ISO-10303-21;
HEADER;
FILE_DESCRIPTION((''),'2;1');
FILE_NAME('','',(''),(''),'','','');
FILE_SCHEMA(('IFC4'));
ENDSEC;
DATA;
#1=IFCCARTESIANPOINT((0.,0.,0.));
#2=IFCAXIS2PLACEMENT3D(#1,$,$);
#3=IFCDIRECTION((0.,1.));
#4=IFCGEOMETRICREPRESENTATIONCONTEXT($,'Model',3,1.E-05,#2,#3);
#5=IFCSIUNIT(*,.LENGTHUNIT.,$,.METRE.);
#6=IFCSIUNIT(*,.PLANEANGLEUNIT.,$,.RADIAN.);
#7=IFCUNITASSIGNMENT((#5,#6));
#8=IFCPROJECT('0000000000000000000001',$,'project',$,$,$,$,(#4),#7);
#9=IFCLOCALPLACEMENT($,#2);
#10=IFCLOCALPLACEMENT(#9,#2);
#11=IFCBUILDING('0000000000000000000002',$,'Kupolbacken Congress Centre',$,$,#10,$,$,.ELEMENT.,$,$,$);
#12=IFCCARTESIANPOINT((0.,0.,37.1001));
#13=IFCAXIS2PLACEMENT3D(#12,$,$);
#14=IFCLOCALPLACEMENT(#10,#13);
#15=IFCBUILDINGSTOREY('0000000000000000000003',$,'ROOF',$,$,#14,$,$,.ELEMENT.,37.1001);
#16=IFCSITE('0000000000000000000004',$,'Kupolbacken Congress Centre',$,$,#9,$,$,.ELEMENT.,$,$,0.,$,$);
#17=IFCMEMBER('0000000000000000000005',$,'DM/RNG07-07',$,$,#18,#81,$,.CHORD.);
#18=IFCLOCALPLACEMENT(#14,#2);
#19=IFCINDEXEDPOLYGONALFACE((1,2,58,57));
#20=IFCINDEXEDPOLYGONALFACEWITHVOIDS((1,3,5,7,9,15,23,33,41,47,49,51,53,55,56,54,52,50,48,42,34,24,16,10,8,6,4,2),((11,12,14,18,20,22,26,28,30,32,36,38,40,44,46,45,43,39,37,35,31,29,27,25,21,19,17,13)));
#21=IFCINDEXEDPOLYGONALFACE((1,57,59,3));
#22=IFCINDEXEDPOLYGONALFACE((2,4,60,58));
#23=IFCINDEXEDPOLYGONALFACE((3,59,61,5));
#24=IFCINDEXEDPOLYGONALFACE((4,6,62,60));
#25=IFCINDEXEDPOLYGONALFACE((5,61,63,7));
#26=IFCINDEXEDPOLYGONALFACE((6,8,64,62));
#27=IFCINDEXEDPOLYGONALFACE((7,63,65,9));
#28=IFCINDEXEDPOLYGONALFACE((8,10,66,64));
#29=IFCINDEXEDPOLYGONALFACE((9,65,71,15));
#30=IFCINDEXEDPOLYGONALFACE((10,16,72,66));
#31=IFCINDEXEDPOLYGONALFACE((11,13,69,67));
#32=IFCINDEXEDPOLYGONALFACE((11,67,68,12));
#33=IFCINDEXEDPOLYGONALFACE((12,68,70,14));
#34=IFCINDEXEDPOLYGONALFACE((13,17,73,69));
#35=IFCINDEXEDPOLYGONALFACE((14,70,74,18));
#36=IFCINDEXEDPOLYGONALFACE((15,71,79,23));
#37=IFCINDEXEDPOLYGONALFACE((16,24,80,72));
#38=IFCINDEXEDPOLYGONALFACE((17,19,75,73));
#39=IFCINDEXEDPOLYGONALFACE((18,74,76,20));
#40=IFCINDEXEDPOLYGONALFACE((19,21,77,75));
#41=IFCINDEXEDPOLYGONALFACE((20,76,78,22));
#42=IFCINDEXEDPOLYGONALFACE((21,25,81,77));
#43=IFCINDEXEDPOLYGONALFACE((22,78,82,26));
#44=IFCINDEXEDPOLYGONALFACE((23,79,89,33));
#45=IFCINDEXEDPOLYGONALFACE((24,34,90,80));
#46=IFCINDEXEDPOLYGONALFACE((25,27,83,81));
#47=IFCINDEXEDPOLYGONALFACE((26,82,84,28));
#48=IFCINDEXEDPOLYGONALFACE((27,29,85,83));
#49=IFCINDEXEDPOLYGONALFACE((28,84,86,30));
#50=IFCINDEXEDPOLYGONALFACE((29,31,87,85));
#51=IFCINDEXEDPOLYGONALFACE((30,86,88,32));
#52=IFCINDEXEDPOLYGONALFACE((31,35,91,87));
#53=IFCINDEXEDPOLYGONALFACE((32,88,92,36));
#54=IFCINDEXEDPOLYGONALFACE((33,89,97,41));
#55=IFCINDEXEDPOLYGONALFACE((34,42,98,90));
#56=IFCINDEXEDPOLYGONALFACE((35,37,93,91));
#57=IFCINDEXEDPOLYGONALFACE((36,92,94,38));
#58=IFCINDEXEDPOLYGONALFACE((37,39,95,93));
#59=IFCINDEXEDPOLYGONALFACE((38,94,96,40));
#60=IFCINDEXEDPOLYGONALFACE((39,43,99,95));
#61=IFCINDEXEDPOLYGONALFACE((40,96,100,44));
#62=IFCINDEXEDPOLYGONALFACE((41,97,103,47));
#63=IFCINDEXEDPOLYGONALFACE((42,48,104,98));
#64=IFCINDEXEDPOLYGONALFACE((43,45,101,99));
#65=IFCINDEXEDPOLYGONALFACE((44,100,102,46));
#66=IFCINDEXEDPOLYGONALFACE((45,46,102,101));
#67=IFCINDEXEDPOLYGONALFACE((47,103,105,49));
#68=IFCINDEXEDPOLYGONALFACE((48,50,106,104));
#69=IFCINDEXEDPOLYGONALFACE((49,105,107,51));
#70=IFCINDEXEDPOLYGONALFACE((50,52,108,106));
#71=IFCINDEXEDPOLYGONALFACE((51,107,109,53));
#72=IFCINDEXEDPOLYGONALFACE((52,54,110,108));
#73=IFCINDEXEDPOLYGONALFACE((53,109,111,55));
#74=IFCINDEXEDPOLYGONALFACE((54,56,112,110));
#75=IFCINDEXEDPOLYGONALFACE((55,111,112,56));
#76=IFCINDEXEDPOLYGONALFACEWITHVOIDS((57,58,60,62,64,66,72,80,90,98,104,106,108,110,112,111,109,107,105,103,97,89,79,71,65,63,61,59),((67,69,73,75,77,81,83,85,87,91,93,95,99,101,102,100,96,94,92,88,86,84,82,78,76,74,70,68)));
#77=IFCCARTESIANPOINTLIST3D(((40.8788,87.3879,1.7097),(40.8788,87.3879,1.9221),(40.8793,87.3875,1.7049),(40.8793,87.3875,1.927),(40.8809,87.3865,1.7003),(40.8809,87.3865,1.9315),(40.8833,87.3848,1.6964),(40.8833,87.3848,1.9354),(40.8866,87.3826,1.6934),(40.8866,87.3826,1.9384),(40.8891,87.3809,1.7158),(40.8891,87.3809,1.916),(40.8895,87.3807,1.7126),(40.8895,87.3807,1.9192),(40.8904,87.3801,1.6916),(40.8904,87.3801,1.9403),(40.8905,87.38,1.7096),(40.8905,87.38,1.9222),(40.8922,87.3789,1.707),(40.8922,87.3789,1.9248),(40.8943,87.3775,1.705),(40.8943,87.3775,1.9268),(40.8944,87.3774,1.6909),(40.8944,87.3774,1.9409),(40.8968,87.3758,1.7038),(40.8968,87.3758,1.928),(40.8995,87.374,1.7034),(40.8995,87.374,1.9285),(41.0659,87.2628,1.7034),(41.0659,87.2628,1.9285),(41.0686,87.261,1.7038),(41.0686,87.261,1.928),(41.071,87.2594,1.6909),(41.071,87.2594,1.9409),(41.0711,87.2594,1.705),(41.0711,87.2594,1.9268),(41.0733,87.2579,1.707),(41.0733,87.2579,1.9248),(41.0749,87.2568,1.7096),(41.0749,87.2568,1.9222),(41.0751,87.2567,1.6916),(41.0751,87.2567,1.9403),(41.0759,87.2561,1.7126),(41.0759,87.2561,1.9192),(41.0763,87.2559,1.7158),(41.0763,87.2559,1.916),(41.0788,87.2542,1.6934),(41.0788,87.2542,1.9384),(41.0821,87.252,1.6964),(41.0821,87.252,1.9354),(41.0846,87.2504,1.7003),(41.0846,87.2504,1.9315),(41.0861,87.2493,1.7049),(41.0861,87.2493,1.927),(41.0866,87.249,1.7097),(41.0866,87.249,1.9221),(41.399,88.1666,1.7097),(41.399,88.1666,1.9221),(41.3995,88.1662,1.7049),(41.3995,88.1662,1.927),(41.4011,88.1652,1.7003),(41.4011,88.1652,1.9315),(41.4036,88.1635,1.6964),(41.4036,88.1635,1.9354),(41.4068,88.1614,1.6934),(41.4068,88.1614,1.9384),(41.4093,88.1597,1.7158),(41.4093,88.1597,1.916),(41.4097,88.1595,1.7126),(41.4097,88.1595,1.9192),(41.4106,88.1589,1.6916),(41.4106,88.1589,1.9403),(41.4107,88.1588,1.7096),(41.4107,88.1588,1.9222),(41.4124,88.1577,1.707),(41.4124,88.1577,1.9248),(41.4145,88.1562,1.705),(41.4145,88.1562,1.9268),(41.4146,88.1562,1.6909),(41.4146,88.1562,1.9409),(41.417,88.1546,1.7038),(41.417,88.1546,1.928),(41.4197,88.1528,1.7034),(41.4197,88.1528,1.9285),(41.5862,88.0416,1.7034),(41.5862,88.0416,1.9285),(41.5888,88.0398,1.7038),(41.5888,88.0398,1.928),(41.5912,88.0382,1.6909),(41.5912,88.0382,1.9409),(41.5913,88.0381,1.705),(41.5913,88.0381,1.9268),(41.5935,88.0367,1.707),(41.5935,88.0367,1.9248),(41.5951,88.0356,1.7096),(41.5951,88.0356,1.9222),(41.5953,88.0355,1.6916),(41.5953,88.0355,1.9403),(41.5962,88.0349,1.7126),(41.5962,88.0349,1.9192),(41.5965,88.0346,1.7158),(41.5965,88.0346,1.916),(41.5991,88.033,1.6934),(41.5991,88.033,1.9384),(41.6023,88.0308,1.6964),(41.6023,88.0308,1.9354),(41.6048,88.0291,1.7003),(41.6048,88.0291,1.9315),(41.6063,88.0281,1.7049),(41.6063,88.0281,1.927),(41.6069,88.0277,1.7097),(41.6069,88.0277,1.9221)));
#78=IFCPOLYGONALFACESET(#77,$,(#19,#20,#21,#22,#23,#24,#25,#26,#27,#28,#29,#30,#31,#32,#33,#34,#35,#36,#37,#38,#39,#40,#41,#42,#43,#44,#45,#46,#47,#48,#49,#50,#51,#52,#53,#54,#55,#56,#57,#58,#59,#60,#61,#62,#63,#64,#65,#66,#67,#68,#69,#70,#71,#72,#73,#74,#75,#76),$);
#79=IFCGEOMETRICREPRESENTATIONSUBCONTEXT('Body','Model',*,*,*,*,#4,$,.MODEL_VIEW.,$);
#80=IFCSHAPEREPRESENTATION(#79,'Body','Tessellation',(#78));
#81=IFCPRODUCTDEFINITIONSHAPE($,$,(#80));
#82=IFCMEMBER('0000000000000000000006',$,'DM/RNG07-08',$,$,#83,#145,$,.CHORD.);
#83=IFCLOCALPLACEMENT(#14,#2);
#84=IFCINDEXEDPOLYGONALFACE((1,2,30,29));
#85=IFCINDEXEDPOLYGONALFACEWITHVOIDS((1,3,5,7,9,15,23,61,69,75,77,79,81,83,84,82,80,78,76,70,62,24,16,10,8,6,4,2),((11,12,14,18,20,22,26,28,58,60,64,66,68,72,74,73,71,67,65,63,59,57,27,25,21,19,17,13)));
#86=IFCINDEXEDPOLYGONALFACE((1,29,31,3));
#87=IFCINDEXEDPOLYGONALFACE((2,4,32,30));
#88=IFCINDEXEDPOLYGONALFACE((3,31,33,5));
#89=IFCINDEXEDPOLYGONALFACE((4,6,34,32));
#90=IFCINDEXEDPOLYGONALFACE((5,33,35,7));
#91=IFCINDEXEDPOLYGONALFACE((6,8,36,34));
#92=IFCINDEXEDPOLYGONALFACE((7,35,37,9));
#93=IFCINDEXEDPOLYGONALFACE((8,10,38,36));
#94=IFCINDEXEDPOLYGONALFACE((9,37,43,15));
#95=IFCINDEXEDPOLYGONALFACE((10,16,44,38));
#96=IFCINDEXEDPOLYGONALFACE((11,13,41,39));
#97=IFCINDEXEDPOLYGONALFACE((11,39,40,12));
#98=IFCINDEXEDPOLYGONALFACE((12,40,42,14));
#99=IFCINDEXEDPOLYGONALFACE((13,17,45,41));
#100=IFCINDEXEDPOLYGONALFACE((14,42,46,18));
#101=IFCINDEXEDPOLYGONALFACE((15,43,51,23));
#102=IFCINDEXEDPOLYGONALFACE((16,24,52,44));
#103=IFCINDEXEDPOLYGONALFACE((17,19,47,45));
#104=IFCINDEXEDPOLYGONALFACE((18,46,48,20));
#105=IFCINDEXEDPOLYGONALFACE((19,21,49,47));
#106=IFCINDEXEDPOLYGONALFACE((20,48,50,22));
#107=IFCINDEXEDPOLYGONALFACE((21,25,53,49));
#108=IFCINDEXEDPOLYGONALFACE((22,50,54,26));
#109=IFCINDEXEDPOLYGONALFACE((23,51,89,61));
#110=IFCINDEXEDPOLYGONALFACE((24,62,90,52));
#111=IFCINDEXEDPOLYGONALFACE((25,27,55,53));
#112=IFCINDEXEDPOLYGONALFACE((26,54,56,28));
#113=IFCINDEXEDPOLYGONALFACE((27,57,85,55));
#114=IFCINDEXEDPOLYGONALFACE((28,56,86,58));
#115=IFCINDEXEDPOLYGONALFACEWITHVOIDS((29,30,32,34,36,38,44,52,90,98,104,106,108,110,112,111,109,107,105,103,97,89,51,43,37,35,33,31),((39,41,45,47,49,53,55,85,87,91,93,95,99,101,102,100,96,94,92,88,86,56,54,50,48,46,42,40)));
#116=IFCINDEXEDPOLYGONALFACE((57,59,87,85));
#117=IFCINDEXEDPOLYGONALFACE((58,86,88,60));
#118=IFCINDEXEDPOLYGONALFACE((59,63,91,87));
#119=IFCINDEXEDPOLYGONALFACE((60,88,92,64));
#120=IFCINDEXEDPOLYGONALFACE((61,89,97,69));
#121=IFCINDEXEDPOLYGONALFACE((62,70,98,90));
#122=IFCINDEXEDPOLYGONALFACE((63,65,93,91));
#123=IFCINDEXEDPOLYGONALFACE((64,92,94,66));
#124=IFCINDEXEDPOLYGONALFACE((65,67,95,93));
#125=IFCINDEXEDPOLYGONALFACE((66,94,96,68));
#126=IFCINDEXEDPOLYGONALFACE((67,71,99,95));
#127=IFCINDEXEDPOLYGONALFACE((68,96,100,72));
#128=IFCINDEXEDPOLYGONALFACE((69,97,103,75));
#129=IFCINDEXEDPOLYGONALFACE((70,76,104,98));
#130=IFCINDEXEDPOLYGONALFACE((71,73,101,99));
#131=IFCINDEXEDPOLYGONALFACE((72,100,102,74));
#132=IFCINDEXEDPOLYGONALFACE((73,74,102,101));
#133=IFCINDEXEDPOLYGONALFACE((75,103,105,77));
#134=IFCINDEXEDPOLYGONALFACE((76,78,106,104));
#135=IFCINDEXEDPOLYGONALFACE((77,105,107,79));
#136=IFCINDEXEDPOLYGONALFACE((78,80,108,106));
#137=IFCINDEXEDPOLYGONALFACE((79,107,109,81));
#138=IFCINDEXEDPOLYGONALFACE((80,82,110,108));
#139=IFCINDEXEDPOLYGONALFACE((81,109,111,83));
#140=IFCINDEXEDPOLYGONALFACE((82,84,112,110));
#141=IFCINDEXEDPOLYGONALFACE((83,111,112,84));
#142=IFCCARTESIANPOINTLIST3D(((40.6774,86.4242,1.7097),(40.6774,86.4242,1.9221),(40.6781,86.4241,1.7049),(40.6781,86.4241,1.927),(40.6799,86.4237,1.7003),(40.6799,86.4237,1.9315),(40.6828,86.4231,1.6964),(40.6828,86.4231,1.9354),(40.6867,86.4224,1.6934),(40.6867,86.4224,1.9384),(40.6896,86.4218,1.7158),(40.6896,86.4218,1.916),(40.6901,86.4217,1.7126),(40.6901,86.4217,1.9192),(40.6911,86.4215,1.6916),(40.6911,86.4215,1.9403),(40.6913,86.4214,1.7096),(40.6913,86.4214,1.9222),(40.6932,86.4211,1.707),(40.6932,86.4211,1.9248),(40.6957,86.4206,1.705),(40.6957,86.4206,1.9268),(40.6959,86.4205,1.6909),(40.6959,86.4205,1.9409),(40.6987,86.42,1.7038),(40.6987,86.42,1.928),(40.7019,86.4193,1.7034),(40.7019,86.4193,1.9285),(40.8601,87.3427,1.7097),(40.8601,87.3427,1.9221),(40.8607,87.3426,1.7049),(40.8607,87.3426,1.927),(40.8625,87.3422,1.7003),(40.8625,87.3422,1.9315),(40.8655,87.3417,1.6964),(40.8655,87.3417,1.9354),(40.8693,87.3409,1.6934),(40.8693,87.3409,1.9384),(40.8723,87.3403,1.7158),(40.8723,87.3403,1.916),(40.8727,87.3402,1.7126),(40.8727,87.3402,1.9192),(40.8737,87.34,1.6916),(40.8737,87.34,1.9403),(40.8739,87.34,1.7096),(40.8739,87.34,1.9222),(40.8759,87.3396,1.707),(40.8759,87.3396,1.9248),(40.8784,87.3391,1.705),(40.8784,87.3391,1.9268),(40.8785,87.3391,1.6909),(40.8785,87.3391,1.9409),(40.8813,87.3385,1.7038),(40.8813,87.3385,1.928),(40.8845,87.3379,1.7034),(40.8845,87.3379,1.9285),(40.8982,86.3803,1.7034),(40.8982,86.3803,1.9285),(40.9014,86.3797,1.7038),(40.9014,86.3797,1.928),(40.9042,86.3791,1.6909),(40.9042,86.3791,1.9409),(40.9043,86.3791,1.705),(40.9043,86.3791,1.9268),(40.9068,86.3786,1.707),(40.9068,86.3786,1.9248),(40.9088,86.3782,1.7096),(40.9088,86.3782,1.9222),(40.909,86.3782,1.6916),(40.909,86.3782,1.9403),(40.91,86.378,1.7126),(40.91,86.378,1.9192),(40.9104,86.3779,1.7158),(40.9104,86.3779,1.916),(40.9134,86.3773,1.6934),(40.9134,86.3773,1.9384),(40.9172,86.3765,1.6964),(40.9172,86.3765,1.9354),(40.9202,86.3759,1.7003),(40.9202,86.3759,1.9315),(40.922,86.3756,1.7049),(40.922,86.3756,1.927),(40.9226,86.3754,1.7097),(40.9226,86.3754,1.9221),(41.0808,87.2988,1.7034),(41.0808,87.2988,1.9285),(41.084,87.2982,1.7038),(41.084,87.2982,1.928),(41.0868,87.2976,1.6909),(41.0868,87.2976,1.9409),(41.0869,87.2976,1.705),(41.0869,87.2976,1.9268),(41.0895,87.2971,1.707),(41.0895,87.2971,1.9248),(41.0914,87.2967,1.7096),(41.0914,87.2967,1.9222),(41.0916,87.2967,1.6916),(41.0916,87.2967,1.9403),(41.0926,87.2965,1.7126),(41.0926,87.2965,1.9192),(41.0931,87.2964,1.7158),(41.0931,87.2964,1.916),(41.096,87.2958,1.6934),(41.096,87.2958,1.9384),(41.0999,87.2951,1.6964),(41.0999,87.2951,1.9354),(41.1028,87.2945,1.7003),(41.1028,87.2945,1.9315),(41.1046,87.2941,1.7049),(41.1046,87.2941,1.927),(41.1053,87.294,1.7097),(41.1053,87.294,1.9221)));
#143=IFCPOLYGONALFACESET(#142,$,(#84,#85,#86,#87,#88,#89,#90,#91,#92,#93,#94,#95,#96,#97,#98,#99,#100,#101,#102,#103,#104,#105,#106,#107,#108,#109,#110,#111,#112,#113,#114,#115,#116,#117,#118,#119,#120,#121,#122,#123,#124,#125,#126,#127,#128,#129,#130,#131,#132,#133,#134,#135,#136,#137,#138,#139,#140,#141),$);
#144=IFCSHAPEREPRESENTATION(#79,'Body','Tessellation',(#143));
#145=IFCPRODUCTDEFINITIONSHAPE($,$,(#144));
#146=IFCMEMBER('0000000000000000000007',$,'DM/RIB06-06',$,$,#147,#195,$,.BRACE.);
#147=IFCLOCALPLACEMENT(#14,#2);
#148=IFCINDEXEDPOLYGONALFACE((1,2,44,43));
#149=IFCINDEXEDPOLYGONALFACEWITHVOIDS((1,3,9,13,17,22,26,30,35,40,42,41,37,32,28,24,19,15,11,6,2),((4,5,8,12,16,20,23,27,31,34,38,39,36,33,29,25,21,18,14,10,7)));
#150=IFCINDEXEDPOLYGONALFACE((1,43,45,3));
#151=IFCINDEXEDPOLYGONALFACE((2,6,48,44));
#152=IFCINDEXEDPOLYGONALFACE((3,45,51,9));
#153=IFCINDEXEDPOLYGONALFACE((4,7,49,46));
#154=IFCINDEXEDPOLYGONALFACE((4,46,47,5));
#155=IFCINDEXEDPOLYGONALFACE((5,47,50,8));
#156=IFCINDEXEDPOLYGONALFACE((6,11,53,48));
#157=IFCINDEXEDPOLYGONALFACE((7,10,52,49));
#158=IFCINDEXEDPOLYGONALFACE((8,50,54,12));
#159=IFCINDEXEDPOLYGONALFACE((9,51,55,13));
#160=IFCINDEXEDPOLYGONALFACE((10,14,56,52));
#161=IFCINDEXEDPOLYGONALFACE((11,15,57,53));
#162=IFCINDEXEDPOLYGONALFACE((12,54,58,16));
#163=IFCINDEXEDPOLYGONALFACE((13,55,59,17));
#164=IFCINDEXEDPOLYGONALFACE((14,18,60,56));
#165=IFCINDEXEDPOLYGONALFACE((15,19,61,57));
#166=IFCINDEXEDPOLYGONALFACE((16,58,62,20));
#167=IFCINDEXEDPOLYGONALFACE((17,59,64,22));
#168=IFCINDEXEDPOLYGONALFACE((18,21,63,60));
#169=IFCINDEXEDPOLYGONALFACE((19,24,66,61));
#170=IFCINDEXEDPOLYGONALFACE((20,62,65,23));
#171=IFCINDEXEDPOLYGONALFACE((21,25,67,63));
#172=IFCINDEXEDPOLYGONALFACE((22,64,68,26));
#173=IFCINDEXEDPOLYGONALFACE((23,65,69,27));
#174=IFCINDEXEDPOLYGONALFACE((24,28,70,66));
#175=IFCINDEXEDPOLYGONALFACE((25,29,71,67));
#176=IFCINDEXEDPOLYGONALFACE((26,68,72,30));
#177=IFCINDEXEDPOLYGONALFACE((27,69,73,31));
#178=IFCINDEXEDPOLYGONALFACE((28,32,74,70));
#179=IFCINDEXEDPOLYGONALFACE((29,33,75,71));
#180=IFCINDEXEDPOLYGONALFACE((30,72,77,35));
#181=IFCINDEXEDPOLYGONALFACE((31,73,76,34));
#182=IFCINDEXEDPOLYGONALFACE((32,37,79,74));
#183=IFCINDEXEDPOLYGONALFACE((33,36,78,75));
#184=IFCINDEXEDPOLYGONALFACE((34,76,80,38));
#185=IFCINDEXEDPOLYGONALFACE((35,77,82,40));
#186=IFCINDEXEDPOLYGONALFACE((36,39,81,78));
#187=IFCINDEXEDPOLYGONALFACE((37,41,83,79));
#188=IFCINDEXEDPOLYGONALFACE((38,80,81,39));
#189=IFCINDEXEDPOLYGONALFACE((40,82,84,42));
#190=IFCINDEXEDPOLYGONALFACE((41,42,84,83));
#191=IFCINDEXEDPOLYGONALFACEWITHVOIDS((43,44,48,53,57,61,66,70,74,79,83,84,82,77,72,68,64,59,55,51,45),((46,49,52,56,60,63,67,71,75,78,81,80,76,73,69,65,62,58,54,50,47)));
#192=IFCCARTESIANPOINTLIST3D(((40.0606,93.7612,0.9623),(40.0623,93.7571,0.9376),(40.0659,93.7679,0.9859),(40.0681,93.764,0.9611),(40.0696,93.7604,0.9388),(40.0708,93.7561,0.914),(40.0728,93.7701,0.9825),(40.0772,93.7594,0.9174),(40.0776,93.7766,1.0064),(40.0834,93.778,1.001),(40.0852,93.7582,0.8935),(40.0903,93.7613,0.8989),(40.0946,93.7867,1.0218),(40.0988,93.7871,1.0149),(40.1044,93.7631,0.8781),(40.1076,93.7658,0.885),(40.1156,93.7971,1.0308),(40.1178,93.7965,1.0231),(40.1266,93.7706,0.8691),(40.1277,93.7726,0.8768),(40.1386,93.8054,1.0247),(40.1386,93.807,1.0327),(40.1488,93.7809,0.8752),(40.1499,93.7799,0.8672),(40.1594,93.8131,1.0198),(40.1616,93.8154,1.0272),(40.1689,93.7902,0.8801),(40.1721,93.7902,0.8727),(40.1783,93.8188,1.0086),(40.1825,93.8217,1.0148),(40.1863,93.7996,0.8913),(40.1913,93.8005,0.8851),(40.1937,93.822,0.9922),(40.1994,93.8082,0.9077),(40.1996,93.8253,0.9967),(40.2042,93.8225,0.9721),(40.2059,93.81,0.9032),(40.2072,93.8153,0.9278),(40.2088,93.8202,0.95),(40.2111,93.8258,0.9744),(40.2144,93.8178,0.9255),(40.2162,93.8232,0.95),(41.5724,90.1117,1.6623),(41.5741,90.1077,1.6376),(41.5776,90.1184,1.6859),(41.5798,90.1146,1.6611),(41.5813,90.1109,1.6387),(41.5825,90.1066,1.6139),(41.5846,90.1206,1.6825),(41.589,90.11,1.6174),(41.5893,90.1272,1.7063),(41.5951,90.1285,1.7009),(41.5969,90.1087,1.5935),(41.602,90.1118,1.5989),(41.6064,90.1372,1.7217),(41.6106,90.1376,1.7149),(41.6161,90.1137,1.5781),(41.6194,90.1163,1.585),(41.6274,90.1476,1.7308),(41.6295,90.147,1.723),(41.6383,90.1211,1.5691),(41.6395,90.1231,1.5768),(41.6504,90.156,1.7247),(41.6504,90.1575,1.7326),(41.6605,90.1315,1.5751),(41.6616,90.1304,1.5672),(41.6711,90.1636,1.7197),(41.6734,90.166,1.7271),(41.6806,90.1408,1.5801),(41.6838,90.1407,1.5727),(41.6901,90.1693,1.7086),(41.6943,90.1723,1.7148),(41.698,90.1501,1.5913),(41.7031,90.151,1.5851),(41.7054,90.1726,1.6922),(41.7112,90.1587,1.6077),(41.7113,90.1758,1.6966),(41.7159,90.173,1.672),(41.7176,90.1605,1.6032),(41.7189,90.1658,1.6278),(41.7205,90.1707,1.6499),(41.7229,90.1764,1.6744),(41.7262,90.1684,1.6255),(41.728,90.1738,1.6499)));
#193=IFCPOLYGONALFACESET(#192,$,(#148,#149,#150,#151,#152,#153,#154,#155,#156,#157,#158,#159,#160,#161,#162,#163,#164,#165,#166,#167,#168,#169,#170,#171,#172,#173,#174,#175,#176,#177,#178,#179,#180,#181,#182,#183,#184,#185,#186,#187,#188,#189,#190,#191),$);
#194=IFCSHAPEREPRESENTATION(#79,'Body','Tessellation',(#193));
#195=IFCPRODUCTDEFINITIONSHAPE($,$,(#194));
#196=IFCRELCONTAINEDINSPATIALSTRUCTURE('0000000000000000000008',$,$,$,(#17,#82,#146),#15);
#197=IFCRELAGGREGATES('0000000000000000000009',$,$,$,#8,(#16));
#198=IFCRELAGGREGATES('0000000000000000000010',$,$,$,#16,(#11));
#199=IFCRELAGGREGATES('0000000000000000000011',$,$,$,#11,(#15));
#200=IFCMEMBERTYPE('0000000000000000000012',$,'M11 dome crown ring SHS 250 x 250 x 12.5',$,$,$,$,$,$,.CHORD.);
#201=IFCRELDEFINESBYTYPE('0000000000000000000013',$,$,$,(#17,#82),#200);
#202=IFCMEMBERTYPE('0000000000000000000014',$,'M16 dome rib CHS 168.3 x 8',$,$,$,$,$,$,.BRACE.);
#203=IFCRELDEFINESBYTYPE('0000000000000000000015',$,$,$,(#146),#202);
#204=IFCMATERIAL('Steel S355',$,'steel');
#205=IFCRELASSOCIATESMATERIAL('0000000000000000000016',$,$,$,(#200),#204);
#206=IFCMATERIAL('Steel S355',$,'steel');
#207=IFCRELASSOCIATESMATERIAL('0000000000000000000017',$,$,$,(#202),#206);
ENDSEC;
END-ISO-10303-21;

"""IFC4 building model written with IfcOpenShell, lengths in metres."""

from ifc_helpers import new_model, si_unit, direction, frame, origin, origin_2d, place, context, subcontext, project, spatial, hollow_rectangle, hollow_circle, extrude, material, material_profile, profile_set, type_object, element, save


model = new_model("IFC4")

# Units and contexts
model_context = context("Model", 3, precision=1e-05, world=origin(), true_north=direction((0.0, 1.0)))
body_context = subcontext(model_context, "Body", "Model", "MODEL_VIEW")
ifc_project = project(units=[si_unit("LENGTHUNIT", "METRE"), si_unit("PLANEANGLEUNIT", "RADIAN")], contexts=[model_context])

# Site, building, storey
site_placement = place(None, origin())
site = spatial("IfcSite", under=ifc_project, at=site_placement, Name="Kupolbacken Congress Centre", CompositionType="ELEMENT", RefElevation=0.0)
building_placement = place(site_placement, origin())
building = spatial("IfcBuilding", under=site, at=building_placement, Name="Kupolbacken Congress Centre", CompositionType="ELEMENT")
storey_placement = place(building_placement, frame((0.0, 0.0, 37.1001)))
storey = spatial("IfcBuildingStorey", under=building, at=storey_placement, Name="ROOF", CompositionType="ELEMENT", Elevation=37.1001)

# Members
ifc_material_1 = material(Name="Steel S355", Category="steel")
ifc_material_profile_1 = material_profile(ifc_material_1, hollow_rectangle(XDim=0.25, YDim=0.25, WallThickness=0.0125, InnerFilletRadius=0.0125, OuterFilletRadius=0.0188, at=origin_2d()), Name="SHS 250 x 250 x 12.5")
ifc_profile_set_1 = profile_set([ifc_material_profile_1], Name="Steel S355")
member_type_1 = type_object("IfcMemberType", Name="M11 dome crown ring SHS 250 x 250 x 12.5", PredefinedType="CHORD", material=ifc_profile_set_1)
for number, where, z_axis, x_axis, name in (
    (1, (41.5029, 88.0972, 1.8159), (-0.555482, -0.831529, 0.0), (0.831529, -0.555482, 0.0), "DM/RNG07-07"),
    (2, (40.9827, 87.3184, 1.8159), (-0.195013, -0.980801, 0.0), (0.980801, -0.195013, 0.0), "DM/RNG07-08"),
):
    element("IfcMember", number, at=place(storey_placement, frame(where, z_axis=z_axis, x_axis=x_axis)), inside=storey, type_object=member_type_1, Name=name, PredefinedType="CHORD", context=body_context, shape_type="SweptSolid", body=[
        extrude(hollow_rectangle(XDim=0.25, YDim=0.25, WallThickness=0.0125, InnerFilletRadius=0.0125, OuterFilletRadius=0.0188, at=origin_2d()), origin(), (0.0, 0.0, 1.0), 0.9365),
    ])
ifc_material_2 = material(Name="Steel S355", Category="steel")
ifc_material_profile_2 = material_profile(ifc_material_2, hollow_circle(Radius=0.0842, WallThickness=0.0081, at=origin_2d()), Name="CHS 168.3 x 8")
ifc_profile_set_2 = profile_set([ifc_material_profile_2], Name="Steel S355")
member_type_2 = type_object("IfcMemberType", Name="M16 dome rib CHS 168.3 x 8", PredefinedType="BRACE", material=ifc_profile_set_2)
member_1_placement = place(storey_placement, frame((40.1384, 93.791, 0.95), z_axis=(0.376831, -0.909701, 0.174479), x_axis=(0.923872, 0.382701, 0.0)))
element("IfcMember", 3, at=member_1_placement, inside=storey, type_object=member_type_2, Name="DM/RIB06-06", PredefinedType="BRACE", context=body_context, shape_type="SweptSolid", body=[
    extrude(hollow_circle(Radius=0.0842, WallThickness=0.0081, at=origin_2d()), origin(), (0.0, 0.0, 1.0), 4.0117),
])

save(model, "model.ifc")
